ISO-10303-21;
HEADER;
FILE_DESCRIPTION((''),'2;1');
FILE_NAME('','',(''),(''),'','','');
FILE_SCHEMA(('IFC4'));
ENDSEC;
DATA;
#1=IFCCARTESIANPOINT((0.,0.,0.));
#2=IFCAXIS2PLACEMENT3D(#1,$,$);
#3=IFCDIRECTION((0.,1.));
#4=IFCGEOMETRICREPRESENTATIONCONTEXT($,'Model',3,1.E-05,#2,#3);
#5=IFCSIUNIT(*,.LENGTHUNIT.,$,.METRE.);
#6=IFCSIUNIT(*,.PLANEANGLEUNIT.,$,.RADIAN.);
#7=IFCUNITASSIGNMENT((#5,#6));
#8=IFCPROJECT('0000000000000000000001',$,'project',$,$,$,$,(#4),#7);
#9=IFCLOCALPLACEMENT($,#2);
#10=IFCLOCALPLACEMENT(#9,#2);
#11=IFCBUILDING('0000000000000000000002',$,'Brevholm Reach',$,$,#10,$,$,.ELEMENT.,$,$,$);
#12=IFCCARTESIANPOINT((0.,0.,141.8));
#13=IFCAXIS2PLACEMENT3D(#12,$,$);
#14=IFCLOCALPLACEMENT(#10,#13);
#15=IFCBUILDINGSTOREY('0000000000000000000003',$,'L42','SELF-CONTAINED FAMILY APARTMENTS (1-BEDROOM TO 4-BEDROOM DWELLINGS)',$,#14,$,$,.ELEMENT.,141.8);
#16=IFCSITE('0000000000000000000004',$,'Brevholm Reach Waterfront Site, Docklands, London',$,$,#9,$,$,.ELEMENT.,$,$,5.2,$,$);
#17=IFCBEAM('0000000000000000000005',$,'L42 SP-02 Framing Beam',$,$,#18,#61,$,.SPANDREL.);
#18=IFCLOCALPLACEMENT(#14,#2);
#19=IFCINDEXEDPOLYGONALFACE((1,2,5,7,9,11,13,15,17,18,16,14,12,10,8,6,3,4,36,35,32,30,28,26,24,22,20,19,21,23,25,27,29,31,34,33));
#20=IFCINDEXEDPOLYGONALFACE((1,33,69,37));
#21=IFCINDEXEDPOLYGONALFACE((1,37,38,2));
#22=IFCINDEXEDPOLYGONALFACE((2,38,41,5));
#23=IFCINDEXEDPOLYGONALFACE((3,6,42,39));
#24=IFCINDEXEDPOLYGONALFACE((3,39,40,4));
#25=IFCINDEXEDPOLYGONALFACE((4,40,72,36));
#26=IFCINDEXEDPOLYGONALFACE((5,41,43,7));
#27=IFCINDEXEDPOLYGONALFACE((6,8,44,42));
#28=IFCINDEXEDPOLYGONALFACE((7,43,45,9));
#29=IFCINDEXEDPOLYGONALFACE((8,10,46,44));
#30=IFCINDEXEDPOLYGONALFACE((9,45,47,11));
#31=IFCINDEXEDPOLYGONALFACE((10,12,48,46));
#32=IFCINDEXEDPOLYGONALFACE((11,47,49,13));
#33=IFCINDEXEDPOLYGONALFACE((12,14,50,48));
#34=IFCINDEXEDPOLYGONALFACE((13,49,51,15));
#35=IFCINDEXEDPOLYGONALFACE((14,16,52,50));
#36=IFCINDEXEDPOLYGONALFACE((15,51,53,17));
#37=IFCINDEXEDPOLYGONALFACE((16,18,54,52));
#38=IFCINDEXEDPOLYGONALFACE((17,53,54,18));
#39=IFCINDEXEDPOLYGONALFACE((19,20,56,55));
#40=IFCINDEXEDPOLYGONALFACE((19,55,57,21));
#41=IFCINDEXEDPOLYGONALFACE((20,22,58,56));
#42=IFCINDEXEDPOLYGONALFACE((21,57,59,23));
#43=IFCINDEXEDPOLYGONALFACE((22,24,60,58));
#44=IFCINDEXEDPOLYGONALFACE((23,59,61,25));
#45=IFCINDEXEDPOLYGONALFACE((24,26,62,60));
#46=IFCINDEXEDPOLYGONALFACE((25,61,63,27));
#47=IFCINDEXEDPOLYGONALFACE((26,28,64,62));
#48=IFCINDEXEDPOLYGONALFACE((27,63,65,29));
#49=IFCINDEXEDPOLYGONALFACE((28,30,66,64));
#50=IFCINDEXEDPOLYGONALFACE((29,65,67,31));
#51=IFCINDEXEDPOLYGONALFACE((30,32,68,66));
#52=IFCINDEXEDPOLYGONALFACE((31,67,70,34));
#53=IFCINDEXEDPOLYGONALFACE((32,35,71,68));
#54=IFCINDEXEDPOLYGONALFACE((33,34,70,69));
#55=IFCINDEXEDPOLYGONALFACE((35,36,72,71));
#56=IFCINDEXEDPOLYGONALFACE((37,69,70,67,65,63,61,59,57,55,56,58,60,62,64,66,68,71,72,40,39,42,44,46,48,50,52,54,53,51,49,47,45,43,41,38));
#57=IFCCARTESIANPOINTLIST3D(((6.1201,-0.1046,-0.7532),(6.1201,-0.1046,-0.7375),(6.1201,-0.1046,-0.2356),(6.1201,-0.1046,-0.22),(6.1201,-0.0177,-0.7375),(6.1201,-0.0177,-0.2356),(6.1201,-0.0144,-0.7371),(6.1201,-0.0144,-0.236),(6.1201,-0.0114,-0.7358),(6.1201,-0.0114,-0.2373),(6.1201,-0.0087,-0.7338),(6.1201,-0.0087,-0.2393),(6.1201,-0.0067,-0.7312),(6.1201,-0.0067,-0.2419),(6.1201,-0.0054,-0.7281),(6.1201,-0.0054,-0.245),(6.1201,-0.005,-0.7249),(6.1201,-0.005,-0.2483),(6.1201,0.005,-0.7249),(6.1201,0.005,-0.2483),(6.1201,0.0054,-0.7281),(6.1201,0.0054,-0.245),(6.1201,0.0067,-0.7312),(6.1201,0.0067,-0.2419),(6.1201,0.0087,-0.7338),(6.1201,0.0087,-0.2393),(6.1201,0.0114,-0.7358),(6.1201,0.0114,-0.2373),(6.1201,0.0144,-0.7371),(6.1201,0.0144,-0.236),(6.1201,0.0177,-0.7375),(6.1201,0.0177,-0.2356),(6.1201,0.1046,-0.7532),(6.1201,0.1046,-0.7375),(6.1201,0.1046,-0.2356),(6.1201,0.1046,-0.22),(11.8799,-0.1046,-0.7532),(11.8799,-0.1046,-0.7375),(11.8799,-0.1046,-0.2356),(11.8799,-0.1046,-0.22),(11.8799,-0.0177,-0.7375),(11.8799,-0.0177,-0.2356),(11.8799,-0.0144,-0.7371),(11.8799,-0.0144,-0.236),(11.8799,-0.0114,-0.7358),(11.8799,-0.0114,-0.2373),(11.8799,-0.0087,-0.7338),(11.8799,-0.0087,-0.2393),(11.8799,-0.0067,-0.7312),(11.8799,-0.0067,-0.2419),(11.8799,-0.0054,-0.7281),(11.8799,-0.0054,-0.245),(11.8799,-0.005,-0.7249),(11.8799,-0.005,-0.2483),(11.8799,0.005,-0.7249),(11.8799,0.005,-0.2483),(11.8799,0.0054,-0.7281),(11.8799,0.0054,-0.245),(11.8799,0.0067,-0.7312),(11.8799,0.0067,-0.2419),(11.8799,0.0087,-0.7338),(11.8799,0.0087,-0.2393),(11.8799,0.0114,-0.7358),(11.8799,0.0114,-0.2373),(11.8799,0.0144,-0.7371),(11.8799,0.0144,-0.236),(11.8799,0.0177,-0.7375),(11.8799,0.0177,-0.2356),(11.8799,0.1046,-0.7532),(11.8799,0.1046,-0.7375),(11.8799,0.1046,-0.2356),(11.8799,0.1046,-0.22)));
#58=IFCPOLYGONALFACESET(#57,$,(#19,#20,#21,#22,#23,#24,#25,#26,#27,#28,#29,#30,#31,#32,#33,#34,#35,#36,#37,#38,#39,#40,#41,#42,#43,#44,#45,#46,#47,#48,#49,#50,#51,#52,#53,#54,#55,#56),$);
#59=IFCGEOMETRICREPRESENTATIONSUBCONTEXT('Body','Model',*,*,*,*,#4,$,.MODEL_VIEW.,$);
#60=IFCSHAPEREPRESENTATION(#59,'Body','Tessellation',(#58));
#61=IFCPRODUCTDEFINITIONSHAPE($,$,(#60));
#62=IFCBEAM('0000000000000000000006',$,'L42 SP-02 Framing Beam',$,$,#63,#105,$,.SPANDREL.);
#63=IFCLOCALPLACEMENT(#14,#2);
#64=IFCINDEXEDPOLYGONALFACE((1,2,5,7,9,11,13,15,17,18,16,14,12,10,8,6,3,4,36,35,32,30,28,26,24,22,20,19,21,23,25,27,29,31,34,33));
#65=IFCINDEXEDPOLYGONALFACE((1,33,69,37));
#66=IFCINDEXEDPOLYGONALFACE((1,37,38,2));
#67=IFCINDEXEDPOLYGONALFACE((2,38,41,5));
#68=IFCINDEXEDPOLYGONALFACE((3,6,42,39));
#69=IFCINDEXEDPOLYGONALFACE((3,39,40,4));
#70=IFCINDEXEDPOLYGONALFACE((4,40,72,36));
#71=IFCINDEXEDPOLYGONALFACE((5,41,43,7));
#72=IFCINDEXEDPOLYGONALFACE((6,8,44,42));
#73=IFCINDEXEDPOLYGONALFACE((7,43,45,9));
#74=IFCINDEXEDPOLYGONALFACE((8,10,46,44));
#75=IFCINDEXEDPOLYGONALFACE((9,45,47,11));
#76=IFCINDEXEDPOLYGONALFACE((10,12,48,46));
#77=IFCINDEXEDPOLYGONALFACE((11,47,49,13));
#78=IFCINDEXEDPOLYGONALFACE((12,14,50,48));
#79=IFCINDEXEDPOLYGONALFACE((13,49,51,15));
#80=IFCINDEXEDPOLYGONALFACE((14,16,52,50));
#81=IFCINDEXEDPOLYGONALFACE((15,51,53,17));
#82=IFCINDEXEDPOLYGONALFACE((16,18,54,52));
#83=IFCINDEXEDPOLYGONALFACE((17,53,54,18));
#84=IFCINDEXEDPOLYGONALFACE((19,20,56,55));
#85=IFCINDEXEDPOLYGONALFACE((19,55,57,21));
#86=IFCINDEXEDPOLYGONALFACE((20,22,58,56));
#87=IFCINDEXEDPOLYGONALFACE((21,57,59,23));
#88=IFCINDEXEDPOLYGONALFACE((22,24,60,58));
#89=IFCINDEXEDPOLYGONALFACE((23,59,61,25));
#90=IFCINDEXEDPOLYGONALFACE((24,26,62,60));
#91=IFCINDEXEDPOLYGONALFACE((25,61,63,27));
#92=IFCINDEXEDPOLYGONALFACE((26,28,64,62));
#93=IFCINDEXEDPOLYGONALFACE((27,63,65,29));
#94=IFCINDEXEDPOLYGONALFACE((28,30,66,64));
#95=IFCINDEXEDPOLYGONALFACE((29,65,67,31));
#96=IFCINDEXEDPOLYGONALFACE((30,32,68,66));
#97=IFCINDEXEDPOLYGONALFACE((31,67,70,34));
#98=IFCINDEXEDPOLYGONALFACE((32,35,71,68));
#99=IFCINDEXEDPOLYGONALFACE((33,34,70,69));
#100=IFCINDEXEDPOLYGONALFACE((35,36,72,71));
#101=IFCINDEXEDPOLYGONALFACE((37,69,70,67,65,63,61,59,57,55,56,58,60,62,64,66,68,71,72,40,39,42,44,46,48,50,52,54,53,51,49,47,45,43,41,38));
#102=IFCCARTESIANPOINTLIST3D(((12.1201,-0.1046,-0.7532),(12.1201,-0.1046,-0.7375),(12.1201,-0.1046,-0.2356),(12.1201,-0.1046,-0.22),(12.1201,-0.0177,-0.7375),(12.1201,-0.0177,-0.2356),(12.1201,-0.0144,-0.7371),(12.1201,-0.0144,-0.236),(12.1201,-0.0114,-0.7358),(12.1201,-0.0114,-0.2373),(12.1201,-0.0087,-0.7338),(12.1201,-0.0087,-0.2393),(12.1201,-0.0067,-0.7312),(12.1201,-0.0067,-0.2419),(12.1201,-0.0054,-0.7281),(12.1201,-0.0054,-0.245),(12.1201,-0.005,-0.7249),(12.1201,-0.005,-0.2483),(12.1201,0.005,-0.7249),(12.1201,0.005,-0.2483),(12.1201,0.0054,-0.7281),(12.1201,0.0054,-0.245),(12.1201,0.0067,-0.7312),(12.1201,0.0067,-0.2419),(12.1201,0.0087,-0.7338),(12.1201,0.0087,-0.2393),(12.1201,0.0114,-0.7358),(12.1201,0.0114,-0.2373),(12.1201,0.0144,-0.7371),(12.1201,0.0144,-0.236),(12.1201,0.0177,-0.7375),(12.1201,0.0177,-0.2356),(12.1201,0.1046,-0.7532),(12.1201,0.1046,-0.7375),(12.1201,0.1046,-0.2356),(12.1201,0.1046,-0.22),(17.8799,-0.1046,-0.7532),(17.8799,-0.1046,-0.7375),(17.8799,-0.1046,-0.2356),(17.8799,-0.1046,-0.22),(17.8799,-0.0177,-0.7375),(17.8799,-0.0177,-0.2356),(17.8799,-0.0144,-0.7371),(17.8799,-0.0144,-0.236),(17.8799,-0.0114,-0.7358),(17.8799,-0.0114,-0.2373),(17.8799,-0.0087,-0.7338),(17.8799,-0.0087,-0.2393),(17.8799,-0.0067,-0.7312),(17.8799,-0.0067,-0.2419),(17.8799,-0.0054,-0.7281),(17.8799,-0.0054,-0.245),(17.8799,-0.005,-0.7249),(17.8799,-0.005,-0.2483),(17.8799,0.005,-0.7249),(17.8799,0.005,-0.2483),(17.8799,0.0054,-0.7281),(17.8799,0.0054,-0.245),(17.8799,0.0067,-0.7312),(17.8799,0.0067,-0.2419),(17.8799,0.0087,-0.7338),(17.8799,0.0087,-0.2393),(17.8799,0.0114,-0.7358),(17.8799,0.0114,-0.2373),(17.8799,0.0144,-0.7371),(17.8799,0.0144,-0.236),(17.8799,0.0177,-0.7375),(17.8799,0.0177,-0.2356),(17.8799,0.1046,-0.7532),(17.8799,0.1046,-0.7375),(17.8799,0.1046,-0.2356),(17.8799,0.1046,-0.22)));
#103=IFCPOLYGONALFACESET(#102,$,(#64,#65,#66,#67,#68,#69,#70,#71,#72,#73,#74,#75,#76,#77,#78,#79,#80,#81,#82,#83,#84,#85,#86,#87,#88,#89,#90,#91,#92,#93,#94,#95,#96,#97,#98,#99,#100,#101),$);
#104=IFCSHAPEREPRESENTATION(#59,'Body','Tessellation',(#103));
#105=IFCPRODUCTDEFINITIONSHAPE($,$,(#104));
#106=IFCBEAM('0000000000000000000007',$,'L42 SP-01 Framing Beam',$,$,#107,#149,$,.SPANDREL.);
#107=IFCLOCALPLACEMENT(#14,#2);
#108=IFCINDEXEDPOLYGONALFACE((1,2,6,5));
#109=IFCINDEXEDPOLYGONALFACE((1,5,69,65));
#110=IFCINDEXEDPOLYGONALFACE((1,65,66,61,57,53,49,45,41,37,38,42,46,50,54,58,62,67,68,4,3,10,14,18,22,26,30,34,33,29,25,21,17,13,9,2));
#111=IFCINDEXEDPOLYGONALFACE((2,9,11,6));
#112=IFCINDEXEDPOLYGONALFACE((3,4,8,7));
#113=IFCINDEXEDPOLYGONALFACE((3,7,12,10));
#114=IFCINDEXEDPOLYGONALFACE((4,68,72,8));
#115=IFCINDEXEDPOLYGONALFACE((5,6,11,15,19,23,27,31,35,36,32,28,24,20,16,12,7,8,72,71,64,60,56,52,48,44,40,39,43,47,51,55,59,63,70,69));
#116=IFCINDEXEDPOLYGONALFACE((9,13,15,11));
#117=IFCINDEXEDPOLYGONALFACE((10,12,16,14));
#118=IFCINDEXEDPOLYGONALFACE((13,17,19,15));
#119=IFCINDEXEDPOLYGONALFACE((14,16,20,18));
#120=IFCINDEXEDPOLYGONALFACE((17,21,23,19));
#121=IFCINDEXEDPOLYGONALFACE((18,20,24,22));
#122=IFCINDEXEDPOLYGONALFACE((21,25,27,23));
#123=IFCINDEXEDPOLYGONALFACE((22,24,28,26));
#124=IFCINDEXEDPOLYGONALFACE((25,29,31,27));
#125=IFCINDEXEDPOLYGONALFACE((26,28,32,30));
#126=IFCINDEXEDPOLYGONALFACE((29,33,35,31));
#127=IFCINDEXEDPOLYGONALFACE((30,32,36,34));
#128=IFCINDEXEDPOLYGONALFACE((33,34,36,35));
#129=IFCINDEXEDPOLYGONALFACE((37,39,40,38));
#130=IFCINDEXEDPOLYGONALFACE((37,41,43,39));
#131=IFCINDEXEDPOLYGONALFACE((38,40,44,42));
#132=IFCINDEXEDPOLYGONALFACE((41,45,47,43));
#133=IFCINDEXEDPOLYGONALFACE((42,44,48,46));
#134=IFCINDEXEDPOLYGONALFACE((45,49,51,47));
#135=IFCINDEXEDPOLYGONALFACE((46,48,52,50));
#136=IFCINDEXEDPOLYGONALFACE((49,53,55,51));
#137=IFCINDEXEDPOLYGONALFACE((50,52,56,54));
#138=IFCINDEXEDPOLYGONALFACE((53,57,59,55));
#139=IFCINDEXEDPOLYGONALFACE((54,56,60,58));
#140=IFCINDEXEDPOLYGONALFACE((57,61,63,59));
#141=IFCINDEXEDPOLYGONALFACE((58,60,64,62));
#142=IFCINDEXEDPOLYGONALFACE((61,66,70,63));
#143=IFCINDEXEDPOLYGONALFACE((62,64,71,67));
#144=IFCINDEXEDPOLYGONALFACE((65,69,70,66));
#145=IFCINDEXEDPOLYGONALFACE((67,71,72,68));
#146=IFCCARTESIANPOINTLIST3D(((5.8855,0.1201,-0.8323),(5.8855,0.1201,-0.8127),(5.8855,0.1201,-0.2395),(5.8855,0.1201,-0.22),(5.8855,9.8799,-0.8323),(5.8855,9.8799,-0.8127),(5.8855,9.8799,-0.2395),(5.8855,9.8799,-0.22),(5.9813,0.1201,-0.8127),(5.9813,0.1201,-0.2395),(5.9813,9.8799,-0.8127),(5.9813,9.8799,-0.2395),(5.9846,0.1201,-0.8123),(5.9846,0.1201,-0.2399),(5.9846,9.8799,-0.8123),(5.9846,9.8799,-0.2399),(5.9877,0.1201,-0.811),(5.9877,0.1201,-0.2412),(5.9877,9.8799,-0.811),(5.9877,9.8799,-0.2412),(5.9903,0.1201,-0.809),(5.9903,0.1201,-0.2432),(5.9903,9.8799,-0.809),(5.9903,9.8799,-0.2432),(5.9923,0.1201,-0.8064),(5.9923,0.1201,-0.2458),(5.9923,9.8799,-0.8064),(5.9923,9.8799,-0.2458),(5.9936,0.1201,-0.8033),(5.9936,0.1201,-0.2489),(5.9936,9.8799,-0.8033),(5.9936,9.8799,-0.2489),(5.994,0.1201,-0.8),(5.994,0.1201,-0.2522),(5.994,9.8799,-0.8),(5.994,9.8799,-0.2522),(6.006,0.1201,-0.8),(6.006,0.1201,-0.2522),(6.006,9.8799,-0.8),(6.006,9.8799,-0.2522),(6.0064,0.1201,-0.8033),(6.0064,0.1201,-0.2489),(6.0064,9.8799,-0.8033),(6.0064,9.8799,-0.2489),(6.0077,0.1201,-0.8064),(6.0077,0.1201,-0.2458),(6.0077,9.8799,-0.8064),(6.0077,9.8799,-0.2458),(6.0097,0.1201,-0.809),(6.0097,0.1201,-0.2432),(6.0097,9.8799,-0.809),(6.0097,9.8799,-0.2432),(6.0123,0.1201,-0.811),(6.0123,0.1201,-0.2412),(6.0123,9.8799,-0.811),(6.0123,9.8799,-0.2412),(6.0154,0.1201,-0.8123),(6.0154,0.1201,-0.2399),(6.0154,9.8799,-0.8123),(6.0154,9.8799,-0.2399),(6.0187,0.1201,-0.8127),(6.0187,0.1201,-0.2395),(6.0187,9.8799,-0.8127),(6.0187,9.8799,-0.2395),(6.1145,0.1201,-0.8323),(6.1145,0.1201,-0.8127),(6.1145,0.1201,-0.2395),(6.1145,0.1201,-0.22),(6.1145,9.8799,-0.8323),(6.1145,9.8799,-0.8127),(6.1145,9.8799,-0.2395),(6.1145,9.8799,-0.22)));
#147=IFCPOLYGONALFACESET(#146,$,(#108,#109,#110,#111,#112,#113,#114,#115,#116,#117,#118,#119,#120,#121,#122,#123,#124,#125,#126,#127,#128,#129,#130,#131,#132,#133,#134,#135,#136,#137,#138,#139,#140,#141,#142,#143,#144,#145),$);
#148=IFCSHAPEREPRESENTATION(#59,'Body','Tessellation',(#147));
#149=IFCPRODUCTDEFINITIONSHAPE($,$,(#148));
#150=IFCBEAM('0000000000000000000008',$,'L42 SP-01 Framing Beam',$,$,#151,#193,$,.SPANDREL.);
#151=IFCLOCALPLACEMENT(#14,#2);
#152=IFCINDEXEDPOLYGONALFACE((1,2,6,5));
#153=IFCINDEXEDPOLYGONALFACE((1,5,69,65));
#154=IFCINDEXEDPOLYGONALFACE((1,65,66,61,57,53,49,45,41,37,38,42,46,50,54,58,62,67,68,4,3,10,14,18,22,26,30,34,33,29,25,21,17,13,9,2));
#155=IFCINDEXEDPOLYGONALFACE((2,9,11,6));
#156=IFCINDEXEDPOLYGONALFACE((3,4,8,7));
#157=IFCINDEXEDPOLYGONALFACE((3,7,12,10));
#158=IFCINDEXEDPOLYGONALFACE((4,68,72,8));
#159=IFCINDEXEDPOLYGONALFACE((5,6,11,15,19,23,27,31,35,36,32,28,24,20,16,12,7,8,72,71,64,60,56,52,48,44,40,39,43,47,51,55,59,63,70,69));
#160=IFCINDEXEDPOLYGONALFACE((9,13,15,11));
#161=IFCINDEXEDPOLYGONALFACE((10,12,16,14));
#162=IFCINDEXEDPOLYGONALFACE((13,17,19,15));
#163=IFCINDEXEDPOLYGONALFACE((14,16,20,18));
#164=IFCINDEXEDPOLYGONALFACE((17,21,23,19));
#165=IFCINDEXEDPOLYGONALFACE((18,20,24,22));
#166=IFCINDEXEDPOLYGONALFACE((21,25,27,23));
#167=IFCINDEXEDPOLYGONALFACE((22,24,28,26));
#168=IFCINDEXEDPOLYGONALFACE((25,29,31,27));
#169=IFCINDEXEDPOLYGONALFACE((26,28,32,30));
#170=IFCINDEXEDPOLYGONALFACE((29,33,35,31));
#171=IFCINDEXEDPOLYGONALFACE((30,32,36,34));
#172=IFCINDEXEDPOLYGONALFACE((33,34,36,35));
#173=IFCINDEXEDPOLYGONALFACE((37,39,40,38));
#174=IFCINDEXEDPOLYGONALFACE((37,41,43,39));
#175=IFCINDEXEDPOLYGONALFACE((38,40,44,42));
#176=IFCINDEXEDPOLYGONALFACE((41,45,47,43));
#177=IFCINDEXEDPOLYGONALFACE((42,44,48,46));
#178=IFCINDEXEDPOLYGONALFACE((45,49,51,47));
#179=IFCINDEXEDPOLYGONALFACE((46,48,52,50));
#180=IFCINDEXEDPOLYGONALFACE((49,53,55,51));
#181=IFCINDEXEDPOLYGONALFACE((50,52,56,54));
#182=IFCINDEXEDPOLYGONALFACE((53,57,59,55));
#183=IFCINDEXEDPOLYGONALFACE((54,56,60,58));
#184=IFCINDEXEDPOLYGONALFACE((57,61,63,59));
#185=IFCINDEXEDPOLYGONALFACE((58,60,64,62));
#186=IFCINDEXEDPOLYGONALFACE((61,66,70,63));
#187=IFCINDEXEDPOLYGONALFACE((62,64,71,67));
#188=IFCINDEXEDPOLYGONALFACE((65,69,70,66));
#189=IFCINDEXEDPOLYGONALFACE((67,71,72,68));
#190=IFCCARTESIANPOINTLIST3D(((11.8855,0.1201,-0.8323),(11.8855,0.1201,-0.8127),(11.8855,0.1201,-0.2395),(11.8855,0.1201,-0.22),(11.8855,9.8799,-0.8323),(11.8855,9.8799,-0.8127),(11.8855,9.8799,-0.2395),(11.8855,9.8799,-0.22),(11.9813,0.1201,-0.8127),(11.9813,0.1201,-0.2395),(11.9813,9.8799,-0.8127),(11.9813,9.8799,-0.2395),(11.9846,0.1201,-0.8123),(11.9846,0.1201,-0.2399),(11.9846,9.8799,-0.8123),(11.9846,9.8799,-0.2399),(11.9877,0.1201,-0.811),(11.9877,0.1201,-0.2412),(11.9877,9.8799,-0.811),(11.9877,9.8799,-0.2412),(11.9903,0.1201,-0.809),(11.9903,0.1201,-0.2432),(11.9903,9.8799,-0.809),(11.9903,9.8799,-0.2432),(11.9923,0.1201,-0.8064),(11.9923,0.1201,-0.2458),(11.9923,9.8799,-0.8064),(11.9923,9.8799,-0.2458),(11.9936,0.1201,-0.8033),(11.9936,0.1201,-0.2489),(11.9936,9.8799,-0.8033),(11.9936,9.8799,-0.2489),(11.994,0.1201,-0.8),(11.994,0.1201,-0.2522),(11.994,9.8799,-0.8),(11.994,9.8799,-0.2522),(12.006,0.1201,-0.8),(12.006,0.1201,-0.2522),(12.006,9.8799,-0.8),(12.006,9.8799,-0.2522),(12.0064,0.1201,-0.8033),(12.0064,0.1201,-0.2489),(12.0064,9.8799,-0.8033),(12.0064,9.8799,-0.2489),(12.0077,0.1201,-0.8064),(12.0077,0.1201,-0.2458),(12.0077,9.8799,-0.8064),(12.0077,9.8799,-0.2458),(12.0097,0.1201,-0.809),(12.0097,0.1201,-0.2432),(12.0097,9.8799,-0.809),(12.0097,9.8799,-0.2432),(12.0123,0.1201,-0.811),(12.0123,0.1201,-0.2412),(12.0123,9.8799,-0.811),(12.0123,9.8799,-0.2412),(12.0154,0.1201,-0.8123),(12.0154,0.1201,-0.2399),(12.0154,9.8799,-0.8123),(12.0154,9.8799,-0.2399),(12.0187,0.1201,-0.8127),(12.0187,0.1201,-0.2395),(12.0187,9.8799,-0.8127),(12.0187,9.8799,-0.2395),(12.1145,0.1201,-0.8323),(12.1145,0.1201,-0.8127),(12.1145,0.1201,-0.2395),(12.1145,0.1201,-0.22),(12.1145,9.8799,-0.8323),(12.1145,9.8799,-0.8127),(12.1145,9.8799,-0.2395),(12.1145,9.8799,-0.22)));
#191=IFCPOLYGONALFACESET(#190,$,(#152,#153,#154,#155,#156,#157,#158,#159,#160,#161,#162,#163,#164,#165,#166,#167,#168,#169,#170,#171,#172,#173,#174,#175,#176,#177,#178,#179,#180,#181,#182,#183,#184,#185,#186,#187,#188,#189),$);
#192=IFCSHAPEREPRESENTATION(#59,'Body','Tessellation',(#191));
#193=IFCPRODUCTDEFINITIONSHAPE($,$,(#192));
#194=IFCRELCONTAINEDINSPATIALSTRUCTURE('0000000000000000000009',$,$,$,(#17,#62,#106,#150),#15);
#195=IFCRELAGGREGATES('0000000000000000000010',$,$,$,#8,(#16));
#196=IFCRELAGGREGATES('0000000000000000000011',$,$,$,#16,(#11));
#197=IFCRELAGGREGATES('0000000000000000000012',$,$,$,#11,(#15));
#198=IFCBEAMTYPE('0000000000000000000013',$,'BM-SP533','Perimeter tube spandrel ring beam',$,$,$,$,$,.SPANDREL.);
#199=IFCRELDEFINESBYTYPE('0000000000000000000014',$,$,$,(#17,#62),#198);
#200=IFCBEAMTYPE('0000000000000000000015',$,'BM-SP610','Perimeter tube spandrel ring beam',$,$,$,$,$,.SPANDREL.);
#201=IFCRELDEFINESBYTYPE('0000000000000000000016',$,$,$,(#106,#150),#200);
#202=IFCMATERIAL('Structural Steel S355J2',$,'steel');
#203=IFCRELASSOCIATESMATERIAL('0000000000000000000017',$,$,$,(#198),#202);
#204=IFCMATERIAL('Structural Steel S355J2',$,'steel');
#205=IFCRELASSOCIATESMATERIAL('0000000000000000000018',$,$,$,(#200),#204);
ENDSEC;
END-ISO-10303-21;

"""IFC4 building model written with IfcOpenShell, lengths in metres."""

from ifc_helpers import new_model, si_unit, direction, frame, origin, origin_2d, place, context, subcontext, project, spatial, i_section, extrude, material, material_profile, profile_set, type_object, element, save


model = new_model("IFC4")

# Units and contexts
model_context = context("Model", 3, precision=1e-05, world=origin(), true_north=direction((0.0, 1.0)))
body_context = subcontext(model_context, "Body", "Model", "MODEL_VIEW")
ifc_project = project(units=[si_unit("LENGTHUNIT", "METRE"), si_unit("PLANEANGLEUNIT", "RADIAN")], contexts=[model_context])

# Site, building, storey
site_placement = place(None, origin())
site = spatial("IfcSite", under=ifc_project, at=site_placement, Name="Brevholm Reach Waterfront Site, Docklands, London", CompositionType="ELEMENT", RefElevation=5.2)
building_placement = place(site_placement, origin())
building = spatial("IfcBuilding", under=site, at=building_placement, Name="Brevholm Reach", CompositionType="ELEMENT")
storey_placement = place(building_placement, frame((0.0, 0.0, 141.8)))
storey = spatial("IfcBuildingStorey", under=building, at=storey_placement, Name="L42", Description="SELF-CONTAINED FAMILY APARTMENTS (1-BEDROOM TO 4-BEDROOM DWELLINGS)", CompositionType="ELEMENT", Elevation=141.8)

# Beams
ifc_material_1 = material(Name="Structural Steel S355J2", Category="steel")
ifc_material_profile_1 = material_profile(ifc_material_1, i_section(OverallWidth=0.2092, OverallDepth=0.5332, WebThickness=0.01, FlangeThickness=0.0156, FilletRadius=0.0127, at=origin_2d()), Name="UKB 533x210x92")
ifc_profile_set_1 = profile_set([ifc_material_profile_1], Name="Structural Steel S355J2")
beam_type_1 = type_object("IfcBeamType", Name="BM-SP533", Description="Perimeter tube spandrel ring beam", PredefinedType="SPANDREL", material=ifc_profile_set_1)
for number, where, z_axis, x_axis, name in (
    (1, (6.1201, 0.0, -0.4866), (1.0, 0.0, 0.0), (0.0, 1.0, 0.0), "L42 SP-02 Framing Beam"),
    (2, (12.1201, 0.0, -0.4866), (1.0, 0.0, 0.0), (0.0, 1.0, 0.0), "L42 SP-02 Framing Beam"),
):
    element("IfcBeam", number, at=place(storey_placement, frame(where, z_axis=z_axis, x_axis=x_axis)), inside=storey, type_object=beam_type_1, Name=name, PredefinedType="SPANDREL", context=body_context, shape_type="SweptSolid", body=[
        extrude(i_section(OverallWidth=0.2092, OverallDepth=0.5332, WebThickness=0.01, FlangeThickness=0.0156, FilletRadius=0.0127, at=origin_2d()), origin(), (0.0, 0.0, 1.0), 5.7598),
    ])
ifc_material_2 = material(Name="Structural Steel S355J2", Category="steel")
ifc_material_profile_2 = material_profile(ifc_material_2, i_section(OverallWidth=0.229, OverallDepth=0.6123, WebThickness=0.012, FlangeThickness=0.0195, FilletRadius=0.0127, at=origin_2d()), Name="UKB 610x229x125")
ifc_profile_set_2 = profile_set([ifc_material_profile_2], Name="Structural Steel S355J2")
beam_type_2 = type_object("IfcBeamType", Name="BM-SP610", Description="Perimeter tube spandrel ring beam", PredefinedType="SPANDREL", material=ifc_profile_set_2)
for number, where, z_axis, x_axis, name in (
    (3, (6.0, 0.1201, -0.5261), (0.0, 1.0, 0.0), (-1.0, 0.0, 0.0), "L42 SP-01 Framing Beam"),
    (4, (12.0, 0.1201, -0.5261), (0.0, 1.0, 0.0), (-1.0, 0.0, 0.0), "L42 SP-01 Framing Beam"),
):
    element("IfcBeam", number, at=place(storey_placement, frame(where, z_axis=z_axis, x_axis=x_axis)), inside=storey, type_object=beam_type_2, Name=name, PredefinedType="SPANDREL", context=body_context, shape_type="SweptSolid", body=[
        extrude(i_section(OverallWidth=0.229, OverallDepth=0.6123, WebThickness=0.012, FlangeThickness=0.0195, FilletRadius=0.0127, at=origin_2d()), origin(), (0.0, 0.0, 1.0), 9.7598),
    ])

save(model, "model.ifc")
